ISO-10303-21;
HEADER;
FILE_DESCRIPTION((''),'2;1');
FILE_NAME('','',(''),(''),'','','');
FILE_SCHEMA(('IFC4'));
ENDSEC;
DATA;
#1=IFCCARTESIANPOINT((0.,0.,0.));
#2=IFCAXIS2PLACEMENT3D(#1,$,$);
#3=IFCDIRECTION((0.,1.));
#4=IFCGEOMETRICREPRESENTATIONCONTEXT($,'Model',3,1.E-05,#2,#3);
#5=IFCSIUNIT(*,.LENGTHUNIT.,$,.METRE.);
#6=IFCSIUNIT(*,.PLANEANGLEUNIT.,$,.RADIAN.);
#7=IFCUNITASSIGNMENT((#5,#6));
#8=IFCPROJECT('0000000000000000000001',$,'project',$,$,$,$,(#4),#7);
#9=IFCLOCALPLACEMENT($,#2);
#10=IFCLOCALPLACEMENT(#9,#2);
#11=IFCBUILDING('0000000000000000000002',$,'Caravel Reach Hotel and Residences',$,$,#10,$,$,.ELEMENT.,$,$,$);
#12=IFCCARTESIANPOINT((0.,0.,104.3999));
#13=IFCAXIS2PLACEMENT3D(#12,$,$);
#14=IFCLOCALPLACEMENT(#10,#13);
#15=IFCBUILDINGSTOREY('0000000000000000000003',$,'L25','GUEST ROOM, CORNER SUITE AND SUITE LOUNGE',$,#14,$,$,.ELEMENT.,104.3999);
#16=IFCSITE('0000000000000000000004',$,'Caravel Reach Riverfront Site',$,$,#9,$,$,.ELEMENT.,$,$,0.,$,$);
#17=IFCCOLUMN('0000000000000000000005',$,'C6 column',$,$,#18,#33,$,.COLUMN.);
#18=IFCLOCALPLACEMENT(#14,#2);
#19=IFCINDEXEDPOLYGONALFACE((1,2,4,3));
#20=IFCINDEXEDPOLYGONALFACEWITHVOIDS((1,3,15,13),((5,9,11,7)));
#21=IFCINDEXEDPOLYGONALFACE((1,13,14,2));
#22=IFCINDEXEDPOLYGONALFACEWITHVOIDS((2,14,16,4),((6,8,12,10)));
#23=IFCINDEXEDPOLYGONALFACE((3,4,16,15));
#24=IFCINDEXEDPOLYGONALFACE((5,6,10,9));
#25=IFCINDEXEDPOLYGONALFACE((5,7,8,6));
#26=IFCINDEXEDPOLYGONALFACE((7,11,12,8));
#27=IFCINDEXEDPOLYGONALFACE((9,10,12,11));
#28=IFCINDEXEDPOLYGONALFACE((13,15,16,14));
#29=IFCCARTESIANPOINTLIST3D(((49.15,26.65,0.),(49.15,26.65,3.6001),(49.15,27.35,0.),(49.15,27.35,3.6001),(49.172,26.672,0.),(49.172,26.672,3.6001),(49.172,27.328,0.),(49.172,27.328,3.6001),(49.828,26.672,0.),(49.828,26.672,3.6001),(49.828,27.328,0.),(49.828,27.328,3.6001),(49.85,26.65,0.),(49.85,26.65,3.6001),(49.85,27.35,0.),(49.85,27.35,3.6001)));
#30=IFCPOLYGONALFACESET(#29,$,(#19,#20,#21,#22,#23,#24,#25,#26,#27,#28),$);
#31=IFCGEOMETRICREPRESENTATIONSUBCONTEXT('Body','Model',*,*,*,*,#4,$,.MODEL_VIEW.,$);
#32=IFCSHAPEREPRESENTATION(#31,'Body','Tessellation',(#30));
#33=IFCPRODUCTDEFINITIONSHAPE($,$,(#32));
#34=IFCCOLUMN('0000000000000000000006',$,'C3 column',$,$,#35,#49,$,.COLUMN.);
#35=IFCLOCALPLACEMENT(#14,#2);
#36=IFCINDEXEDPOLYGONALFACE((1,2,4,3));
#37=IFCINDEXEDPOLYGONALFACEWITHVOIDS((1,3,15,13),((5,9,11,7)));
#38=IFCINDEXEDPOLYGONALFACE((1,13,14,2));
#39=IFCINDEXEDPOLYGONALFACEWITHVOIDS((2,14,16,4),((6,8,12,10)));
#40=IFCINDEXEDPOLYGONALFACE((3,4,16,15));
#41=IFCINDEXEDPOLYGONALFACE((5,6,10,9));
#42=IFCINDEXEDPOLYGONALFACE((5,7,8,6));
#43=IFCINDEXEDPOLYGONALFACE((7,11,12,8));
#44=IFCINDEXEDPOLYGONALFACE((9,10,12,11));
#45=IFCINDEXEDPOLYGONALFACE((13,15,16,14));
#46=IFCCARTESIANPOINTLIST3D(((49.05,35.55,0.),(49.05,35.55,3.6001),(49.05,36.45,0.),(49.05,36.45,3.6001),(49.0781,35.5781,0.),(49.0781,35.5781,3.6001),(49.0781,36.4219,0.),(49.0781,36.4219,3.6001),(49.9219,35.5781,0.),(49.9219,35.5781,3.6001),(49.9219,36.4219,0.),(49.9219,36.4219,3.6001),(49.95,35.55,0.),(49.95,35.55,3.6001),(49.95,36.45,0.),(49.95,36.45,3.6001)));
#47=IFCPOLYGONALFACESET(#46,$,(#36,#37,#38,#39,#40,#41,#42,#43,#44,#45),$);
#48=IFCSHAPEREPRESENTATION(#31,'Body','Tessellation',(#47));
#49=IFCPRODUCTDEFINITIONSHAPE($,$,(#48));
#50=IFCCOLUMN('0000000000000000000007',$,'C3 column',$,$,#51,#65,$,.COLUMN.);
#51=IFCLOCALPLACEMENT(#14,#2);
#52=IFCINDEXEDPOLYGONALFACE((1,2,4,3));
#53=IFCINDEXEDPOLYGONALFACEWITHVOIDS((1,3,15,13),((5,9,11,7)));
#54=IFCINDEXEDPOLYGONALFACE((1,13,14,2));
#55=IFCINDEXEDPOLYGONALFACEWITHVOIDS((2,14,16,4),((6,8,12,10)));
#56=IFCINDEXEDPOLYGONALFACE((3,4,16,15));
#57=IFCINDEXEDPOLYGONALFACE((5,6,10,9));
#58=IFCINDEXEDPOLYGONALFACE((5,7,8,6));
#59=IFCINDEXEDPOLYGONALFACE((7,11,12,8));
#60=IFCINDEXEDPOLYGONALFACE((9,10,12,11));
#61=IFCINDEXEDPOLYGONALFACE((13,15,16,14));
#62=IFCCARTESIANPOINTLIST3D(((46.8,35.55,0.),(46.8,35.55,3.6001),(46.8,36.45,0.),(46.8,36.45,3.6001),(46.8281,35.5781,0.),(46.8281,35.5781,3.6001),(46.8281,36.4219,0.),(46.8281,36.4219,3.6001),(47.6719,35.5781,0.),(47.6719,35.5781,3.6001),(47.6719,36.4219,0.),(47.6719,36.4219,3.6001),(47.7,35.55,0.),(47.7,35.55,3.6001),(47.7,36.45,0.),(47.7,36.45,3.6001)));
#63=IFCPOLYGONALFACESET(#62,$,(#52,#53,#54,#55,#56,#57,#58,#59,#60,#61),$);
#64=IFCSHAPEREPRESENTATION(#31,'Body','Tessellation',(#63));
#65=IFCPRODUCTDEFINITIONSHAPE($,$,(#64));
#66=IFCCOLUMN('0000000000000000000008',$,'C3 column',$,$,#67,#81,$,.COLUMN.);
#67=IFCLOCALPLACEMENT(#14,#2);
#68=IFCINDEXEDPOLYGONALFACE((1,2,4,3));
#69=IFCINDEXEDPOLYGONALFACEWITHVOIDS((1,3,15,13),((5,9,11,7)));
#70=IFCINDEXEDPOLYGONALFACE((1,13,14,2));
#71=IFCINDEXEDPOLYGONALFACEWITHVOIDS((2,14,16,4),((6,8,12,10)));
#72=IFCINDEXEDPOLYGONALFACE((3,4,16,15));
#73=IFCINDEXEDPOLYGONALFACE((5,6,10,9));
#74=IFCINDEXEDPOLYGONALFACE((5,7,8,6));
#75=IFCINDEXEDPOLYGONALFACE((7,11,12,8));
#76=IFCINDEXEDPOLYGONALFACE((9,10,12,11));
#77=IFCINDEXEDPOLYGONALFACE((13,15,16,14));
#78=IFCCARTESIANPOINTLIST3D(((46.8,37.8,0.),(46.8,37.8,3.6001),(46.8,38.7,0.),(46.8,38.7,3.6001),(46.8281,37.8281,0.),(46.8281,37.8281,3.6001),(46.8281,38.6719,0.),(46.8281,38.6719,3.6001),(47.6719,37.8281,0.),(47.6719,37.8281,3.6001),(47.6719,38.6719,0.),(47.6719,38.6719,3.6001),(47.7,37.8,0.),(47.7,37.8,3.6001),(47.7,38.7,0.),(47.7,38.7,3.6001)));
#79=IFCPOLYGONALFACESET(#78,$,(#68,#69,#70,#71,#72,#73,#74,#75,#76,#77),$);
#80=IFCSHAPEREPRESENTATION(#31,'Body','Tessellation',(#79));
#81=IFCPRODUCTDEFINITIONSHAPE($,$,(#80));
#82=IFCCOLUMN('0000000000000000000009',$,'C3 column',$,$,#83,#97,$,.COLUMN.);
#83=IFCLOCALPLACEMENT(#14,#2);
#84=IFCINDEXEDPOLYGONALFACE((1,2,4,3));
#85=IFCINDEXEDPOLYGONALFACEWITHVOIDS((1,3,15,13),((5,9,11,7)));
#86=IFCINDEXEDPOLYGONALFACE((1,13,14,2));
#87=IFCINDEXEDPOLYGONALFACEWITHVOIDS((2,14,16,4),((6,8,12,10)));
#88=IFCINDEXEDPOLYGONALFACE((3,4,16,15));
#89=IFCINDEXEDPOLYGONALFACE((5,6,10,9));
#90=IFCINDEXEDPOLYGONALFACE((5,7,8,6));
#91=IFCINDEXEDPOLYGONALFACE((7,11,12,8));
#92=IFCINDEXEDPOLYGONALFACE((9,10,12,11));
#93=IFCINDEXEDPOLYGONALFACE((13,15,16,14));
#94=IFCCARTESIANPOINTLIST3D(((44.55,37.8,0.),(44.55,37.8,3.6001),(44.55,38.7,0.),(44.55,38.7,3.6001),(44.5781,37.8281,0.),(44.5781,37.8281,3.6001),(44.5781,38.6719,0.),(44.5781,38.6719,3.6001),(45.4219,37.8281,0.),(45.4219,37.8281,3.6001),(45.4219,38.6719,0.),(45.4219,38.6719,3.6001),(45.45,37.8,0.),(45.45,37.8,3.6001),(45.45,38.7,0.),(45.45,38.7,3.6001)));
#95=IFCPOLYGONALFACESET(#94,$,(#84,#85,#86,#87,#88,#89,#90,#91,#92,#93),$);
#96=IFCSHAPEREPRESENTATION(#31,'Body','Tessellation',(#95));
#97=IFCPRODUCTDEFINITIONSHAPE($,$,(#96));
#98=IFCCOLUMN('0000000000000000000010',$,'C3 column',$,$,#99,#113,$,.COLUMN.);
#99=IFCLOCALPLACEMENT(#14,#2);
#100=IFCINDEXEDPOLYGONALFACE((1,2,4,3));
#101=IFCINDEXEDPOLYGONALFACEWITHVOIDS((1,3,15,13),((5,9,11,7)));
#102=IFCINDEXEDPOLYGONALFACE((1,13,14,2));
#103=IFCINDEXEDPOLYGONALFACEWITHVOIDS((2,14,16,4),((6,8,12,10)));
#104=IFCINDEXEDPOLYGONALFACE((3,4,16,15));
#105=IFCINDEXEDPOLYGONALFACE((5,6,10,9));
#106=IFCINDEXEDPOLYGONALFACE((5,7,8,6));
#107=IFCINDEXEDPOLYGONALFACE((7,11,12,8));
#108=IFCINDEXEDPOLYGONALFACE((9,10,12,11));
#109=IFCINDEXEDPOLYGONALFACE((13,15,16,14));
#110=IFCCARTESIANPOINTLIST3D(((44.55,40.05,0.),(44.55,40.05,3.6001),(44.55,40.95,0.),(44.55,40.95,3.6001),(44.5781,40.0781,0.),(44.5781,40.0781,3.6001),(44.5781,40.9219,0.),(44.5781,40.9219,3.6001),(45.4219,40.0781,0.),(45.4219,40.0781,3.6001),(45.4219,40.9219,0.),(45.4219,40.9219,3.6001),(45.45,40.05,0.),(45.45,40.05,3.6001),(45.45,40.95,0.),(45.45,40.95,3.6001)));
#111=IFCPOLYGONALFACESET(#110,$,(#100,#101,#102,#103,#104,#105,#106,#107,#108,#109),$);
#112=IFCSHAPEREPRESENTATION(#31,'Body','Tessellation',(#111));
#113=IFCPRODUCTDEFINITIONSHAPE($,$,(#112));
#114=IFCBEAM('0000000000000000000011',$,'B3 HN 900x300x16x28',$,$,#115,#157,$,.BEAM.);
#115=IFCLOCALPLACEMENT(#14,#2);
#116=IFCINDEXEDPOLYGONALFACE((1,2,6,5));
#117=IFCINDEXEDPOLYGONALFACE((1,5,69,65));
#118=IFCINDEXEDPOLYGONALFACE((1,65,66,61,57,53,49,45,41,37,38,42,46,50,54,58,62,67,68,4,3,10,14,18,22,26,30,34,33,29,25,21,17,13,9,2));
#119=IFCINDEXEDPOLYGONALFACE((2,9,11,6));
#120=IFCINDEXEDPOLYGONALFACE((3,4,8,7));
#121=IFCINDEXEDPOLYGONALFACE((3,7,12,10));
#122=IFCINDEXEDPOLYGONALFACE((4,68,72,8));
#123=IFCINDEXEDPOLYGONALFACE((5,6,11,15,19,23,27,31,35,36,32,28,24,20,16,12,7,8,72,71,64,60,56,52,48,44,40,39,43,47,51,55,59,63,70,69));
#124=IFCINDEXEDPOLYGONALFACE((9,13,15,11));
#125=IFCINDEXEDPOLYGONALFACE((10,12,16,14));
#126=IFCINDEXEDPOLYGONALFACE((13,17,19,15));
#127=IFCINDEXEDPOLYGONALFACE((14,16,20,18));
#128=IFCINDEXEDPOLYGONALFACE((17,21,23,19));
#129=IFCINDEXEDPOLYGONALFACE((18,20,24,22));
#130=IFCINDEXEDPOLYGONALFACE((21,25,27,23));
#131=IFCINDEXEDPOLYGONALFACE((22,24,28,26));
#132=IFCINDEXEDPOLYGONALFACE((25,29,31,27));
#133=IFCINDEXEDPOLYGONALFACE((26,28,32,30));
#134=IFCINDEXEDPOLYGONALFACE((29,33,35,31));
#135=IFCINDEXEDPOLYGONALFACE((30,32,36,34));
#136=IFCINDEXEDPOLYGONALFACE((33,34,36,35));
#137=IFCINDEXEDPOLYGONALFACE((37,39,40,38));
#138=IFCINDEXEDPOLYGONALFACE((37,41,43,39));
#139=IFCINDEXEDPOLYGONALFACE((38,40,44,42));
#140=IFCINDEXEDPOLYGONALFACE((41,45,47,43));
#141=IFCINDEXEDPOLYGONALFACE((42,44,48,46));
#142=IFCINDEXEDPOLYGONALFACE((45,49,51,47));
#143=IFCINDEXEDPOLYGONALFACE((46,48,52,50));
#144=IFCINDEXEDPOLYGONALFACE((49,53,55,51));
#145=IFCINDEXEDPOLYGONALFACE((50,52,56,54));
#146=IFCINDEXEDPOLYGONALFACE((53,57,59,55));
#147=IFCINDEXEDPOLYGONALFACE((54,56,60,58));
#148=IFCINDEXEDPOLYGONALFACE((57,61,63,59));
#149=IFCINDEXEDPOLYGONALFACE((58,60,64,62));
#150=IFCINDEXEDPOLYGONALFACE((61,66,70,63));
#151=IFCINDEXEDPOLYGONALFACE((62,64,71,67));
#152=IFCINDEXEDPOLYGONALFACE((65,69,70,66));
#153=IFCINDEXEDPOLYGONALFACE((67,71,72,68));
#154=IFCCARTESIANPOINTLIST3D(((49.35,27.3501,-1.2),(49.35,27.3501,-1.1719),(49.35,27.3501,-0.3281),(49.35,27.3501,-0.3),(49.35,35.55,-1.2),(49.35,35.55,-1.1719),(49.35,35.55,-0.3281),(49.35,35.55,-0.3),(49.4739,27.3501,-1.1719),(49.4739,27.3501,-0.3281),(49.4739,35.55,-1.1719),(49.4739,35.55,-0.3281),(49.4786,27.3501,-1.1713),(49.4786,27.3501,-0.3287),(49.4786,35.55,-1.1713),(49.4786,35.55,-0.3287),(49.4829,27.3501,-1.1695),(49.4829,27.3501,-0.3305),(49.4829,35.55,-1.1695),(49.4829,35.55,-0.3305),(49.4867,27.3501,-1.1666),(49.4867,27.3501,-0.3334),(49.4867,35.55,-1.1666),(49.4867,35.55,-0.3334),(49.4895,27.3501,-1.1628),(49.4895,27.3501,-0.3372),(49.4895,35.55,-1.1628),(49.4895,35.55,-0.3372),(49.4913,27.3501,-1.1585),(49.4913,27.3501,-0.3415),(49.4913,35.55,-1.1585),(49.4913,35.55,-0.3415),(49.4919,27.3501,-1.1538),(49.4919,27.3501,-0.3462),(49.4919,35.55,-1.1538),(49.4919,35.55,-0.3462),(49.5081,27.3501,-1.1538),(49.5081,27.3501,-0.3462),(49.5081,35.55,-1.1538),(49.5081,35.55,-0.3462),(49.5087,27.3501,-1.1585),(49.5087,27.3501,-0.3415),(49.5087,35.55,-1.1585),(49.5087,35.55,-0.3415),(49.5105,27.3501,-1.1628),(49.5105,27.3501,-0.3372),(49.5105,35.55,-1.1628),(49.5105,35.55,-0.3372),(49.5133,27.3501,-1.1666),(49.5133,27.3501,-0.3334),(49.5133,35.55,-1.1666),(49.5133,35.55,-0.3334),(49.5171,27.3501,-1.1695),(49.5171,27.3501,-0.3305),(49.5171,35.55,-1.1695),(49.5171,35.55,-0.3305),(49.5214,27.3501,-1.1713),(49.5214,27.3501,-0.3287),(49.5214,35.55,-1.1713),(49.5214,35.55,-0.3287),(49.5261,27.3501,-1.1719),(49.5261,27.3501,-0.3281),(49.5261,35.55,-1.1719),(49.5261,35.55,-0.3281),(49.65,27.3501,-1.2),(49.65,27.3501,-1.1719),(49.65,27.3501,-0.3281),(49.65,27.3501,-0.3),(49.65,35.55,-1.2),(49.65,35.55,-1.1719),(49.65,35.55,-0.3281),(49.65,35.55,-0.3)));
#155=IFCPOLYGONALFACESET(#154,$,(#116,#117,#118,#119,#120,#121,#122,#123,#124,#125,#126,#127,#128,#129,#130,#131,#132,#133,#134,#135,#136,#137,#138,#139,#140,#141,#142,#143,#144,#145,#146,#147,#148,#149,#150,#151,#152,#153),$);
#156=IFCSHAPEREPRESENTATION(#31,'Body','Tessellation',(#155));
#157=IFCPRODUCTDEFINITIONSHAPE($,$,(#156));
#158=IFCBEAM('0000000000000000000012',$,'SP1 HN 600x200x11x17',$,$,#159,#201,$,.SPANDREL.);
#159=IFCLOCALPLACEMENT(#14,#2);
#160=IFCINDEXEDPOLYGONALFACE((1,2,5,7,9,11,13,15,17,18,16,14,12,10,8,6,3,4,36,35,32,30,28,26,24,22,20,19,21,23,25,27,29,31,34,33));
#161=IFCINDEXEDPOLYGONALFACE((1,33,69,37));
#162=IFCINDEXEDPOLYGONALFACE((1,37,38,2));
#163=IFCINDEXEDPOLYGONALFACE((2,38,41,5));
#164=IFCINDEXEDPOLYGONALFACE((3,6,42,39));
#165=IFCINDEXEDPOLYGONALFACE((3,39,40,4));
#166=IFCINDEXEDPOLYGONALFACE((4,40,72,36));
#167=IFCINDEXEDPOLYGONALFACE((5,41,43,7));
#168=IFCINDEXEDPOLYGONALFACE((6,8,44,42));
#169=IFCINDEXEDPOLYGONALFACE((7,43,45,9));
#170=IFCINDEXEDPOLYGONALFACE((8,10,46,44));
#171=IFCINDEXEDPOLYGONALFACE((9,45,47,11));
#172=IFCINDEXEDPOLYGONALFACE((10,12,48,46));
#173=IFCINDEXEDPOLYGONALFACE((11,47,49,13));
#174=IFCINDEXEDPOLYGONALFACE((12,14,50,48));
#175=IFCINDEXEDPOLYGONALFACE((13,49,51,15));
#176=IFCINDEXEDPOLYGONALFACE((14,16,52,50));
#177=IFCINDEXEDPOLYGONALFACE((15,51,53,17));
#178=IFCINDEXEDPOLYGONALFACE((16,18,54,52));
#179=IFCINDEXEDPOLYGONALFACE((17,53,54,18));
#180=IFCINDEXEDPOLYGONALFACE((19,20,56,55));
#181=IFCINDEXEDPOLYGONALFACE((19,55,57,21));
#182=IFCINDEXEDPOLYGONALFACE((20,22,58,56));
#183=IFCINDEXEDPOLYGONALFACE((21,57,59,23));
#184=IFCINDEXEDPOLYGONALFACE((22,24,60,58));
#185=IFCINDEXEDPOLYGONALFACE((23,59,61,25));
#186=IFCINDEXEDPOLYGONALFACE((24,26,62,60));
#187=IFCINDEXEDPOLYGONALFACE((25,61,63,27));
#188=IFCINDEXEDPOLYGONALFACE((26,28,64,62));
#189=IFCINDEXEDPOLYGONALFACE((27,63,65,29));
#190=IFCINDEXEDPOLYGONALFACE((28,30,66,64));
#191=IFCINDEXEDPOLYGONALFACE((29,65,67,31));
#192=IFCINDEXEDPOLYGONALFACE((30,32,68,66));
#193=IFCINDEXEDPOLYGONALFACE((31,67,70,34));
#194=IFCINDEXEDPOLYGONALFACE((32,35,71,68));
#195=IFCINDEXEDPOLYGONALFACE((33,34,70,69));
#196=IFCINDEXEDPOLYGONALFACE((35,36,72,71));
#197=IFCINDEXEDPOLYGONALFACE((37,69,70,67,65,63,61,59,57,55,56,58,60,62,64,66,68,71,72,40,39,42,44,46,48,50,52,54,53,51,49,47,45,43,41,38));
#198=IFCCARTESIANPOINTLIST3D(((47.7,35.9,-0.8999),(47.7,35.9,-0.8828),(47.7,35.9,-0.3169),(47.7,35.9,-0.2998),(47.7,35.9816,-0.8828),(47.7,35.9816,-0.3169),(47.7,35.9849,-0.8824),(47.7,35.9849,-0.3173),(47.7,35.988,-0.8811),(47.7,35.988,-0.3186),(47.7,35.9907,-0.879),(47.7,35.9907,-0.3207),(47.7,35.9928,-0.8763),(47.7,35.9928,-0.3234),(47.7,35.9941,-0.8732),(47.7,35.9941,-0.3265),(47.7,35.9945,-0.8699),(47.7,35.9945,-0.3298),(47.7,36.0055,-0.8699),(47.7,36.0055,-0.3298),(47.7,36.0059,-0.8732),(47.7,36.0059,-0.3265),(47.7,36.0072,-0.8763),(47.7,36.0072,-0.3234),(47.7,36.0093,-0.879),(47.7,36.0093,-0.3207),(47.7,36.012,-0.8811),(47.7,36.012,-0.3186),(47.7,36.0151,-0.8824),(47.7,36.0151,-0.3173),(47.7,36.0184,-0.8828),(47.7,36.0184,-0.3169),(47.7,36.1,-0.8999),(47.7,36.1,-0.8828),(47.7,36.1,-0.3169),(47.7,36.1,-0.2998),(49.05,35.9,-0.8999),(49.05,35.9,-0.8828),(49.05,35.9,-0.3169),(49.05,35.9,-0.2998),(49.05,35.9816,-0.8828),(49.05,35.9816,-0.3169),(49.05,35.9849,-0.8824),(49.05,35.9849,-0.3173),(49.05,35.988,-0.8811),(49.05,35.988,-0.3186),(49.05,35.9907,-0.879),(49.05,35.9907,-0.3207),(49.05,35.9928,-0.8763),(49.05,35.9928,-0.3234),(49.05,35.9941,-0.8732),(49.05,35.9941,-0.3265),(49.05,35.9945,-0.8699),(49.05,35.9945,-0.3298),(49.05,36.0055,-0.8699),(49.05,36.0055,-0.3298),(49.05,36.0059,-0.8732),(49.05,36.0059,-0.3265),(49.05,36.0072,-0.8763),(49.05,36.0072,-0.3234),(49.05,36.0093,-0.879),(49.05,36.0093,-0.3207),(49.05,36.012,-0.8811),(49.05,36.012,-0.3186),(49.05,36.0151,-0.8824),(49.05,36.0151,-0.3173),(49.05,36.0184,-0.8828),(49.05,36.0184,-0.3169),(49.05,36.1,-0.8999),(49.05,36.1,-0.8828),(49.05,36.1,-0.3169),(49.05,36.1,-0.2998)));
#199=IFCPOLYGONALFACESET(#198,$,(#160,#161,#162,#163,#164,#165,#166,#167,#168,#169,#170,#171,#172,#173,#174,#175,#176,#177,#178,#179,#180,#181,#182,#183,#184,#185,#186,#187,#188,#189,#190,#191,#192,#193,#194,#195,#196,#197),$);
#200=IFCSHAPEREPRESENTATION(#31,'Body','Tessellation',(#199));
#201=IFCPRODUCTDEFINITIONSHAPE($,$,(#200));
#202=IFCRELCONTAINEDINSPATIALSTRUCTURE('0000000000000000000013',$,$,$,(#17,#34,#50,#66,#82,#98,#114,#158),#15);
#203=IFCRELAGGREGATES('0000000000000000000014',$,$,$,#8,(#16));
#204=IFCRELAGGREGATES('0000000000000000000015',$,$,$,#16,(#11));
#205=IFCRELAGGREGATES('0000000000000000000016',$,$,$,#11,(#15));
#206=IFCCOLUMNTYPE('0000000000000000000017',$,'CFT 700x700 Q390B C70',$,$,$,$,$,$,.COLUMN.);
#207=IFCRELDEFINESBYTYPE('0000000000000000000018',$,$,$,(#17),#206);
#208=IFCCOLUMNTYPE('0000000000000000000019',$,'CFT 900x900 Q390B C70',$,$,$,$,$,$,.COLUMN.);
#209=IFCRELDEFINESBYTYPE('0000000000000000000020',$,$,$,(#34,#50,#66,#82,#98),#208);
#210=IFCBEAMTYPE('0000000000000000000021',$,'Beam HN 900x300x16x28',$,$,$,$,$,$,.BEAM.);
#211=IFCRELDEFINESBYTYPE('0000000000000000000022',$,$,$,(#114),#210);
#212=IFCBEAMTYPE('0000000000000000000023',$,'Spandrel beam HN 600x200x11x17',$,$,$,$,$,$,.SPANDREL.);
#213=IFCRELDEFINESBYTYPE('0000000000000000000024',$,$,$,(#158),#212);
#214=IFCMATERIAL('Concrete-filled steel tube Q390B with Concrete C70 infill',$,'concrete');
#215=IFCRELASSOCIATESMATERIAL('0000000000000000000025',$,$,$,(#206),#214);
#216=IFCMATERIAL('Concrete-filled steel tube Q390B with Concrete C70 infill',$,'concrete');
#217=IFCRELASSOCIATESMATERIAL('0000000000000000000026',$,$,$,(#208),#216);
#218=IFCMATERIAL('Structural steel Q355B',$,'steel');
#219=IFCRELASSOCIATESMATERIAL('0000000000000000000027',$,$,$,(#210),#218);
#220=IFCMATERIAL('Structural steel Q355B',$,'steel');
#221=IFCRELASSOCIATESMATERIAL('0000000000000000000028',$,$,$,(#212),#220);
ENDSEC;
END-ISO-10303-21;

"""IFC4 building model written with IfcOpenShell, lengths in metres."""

from ifc_helpers import new_model, si_unit, direction, frame, origin, origin_2d, place, context, subcontext, project, spatial, hollow_rectangle, i_section, extrude, material, material_profile, profile_set, type_object, element, save


model = new_model("IFC4")

# Units and contexts
model_context = context("Model", 3, precision=1e-05, world=origin(), true_north=direction((0.0, 1.0)))
body_context = subcontext(model_context, "Body", "Model", "MODEL_VIEW")
ifc_project = project(units=[si_unit("LENGTHUNIT", "METRE"), si_unit("PLANEANGLEUNIT", "RADIAN")], contexts=[model_context])

# Site, building, storey
site_placement = place(None, origin())
site = spatial("IfcSite", under=ifc_project, at=site_placement, Name="Caravel Reach Riverfront Site", CompositionType="ELEMENT", RefElevation=0.0)
building_placement = place(site_placement, origin())
building = spatial("IfcBuilding", under=site, at=building_placement, Name="Caravel Reach Hotel and Residences", CompositionType="ELEMENT")
storey_placement = place(building_placement, frame((0.0, 0.0, 104.3999)))
storey = spatial("IfcBuildingStorey", under=building, at=storey_placement, Name="L25", Description="GUEST ROOM, CORNER SUITE AND SUITE LOUNGE", CompositionType="ELEMENT", Elevation=104.3999)

# Columns
ifc_material_1 = material(Name="Concrete-filled steel tube Q390B with Concrete C70 infill", Category="concrete")
ifc_material_profile_1 = material_profile(ifc_material_1, hollow_rectangle(XDim=0.7, YDim=0.7, WallThickness=0.022, at=origin_2d()), Name="RHS 700x700x22")
ifc_profile_set_1 = profile_set([ifc_material_profile_1], Name="Concrete-filled steel tube Q390B with Concrete C70 infill")
column_type_1 = type_object("IfcColumnType", Name="CFT 700x700 Q390B C70", PredefinedType="COLUMN", material=ifc_profile_set_1)
column_placement = place(storey_placement, frame((49.5, 27.0, 0.0), z_axis=(0.0, 0.0, 1.0), x_axis=(1.0, 0.0, 0.0)))
element("IfcColumn", 1, at=column_placement, inside=storey, type_object=column_type_1, Name="C6 column", PredefinedType="COLUMN", context=body_context, shape_type="SweptSolid", body=[
    extrude(hollow_rectangle(XDim=0.7, YDim=0.7, WallThickness=0.022, at=origin_2d()), origin(), (0.0, 0.0, 1.0), 3.6001),
])
ifc_material_2 = material(Name="Concrete-filled steel tube Q390B with Concrete C70 infill", Category="concrete")
ifc_material_profile_2 = material_profile(ifc_material_2, hollow_rectangle(XDim=0.8999, YDim=0.8999, WallThickness=0.0281, at=origin_2d()), Name="RHS 900x900x28")
ifc_profile_set_2 = profile_set([ifc_material_profile_2], Name="Concrete-filled steel tube Q390B with Concrete C70 infill")
column_type_2 = type_object("IfcColumnType", Name="CFT 900x900 Q390B C70", PredefinedType="COLUMN", material=ifc_profile_set_2)
for number, where, z_axis, x_axis, name in (
    (2, (49.5, 36.0, 0.0), (0.0, 0.0, 1.0), (1.0, 0.0, 0.0), "C3 column"),
    (3, (47.25, 36.0, 0.0), (0.0, 0.0, 1.0), (1.0, 0.0, 0.0), "C3 column"),
    (4, (47.25, 38.25, 0.0), (0.0, 0.0, 1.0), (1.0, 0.0, 0.0), "C3 column"),
    (5, (45.0, 38.25, 0.0), (0.0, 0.0, 1.0), (1.0, 0.0, 0.0), "C3 column"),
    (6, (45.0, 40.5, 0.0), (0.0, 0.0, 1.0), (1.0, 0.0, 0.0), "C3 column"),
):
    element("IfcColumn", number, at=place(storey_placement, frame(where, z_axis=z_axis, x_axis=x_axis)), inside=storey, type_object=column_type_2, Name=name, PredefinedType="COLUMN", context=body_context, shape_type="SweptSolid", body=[
        extrude(hollow_rectangle(XDim=0.8999, YDim=0.8999, WallThickness=0.0281, at=origin_2d()), origin(), (0.0, 0.0, 1.0), 3.6001),
    ])

# Beams
ifc_material_3 = material(Name="Structural steel Q355B", Category="steel")
ifc_material_profile_3 = material_profile(ifc_material_3, i_section(OverallWidth=0.3, OverallDepth=0.8999, WebThickness=0.0161, FlangeThickness=0.0281, FilletRadius=0.0181, at=origin_2d()), Name="HN 900x300x16x28")
ifc_profile_set_3 = profile_set([ifc_material_profile_3], Name="Structural steel Q355B")
beam_type_1 = type_object("IfcBeamType", Name="Beam HN 900x300x16x28", PredefinedType="BEAM", material=ifc_profile_set_3)
beam_placement = place(storey_placement, frame((49.5, 27.3501, -0.75), z_axis=(0.0, 1.0, 0.0), x_axis=(-1.0, 0.0, 0.0)))
element("IfcBeam", 7, at=beam_placement, inside=storey, type_object=beam_type_1, Name="B3 HN 900x300x16x28", PredefinedType="BEAM", context=body_context, shape_type="SweptSolid", body=[
    extrude(i_section(OverallWidth=0.3, OverallDepth=0.8999, WebThickness=0.0161, FlangeThickness=0.0281, FilletRadius=0.0181, at=origin_2d()), origin(), (0.0, 0.0, 1.0), 8.2),
])
ifc_material_4 = material(Name="Structural steel Q355B", Category="steel")
ifc_material_profile_4 = material_profile(ifc_material_4, i_section(OverallWidth=0.2, OverallDepth=0.6001, WebThickness=0.011, FlangeThickness=0.0171, FilletRadius=0.0129, at=origin_2d()), Name="HN 600x200x11x17")
ifc_profile_set_4 = profile_set([ifc_material_profile_4], Name="Structural steel Q355B")
beam_type_2 = type_object("IfcBeamType", Name="Spandrel beam HN 600x200x11x17", PredefinedType="SPANDREL", material=ifc_profile_set_4)
for number, where, z_axis, x_axis, name in (
    (8, (49.05, 36.0, -0.5999), (-1.0, 0.0, 0.0), (0.0, -1.0, 0.0), "SP1 HN 600x200x11x17"),
):
    element("IfcBeam", number, at=place(storey_placement, frame(where, z_axis=z_axis, x_axis=x_axis)), inside=storey, type_object=beam_type_2, Name=name, PredefinedType="SPANDREL", context=body_context, shape_type="SweptSolid", body=[
        extrude(i_section(OverallWidth=0.2, OverallDepth=0.6001, WebThickness=0.011, FlangeThickness=0.0171, FilletRadius=0.0129, at=origin_2d()), origin(), (0.0, 0.0, 1.0), 1.3501),
    ])

save(model, "model.ifc")
